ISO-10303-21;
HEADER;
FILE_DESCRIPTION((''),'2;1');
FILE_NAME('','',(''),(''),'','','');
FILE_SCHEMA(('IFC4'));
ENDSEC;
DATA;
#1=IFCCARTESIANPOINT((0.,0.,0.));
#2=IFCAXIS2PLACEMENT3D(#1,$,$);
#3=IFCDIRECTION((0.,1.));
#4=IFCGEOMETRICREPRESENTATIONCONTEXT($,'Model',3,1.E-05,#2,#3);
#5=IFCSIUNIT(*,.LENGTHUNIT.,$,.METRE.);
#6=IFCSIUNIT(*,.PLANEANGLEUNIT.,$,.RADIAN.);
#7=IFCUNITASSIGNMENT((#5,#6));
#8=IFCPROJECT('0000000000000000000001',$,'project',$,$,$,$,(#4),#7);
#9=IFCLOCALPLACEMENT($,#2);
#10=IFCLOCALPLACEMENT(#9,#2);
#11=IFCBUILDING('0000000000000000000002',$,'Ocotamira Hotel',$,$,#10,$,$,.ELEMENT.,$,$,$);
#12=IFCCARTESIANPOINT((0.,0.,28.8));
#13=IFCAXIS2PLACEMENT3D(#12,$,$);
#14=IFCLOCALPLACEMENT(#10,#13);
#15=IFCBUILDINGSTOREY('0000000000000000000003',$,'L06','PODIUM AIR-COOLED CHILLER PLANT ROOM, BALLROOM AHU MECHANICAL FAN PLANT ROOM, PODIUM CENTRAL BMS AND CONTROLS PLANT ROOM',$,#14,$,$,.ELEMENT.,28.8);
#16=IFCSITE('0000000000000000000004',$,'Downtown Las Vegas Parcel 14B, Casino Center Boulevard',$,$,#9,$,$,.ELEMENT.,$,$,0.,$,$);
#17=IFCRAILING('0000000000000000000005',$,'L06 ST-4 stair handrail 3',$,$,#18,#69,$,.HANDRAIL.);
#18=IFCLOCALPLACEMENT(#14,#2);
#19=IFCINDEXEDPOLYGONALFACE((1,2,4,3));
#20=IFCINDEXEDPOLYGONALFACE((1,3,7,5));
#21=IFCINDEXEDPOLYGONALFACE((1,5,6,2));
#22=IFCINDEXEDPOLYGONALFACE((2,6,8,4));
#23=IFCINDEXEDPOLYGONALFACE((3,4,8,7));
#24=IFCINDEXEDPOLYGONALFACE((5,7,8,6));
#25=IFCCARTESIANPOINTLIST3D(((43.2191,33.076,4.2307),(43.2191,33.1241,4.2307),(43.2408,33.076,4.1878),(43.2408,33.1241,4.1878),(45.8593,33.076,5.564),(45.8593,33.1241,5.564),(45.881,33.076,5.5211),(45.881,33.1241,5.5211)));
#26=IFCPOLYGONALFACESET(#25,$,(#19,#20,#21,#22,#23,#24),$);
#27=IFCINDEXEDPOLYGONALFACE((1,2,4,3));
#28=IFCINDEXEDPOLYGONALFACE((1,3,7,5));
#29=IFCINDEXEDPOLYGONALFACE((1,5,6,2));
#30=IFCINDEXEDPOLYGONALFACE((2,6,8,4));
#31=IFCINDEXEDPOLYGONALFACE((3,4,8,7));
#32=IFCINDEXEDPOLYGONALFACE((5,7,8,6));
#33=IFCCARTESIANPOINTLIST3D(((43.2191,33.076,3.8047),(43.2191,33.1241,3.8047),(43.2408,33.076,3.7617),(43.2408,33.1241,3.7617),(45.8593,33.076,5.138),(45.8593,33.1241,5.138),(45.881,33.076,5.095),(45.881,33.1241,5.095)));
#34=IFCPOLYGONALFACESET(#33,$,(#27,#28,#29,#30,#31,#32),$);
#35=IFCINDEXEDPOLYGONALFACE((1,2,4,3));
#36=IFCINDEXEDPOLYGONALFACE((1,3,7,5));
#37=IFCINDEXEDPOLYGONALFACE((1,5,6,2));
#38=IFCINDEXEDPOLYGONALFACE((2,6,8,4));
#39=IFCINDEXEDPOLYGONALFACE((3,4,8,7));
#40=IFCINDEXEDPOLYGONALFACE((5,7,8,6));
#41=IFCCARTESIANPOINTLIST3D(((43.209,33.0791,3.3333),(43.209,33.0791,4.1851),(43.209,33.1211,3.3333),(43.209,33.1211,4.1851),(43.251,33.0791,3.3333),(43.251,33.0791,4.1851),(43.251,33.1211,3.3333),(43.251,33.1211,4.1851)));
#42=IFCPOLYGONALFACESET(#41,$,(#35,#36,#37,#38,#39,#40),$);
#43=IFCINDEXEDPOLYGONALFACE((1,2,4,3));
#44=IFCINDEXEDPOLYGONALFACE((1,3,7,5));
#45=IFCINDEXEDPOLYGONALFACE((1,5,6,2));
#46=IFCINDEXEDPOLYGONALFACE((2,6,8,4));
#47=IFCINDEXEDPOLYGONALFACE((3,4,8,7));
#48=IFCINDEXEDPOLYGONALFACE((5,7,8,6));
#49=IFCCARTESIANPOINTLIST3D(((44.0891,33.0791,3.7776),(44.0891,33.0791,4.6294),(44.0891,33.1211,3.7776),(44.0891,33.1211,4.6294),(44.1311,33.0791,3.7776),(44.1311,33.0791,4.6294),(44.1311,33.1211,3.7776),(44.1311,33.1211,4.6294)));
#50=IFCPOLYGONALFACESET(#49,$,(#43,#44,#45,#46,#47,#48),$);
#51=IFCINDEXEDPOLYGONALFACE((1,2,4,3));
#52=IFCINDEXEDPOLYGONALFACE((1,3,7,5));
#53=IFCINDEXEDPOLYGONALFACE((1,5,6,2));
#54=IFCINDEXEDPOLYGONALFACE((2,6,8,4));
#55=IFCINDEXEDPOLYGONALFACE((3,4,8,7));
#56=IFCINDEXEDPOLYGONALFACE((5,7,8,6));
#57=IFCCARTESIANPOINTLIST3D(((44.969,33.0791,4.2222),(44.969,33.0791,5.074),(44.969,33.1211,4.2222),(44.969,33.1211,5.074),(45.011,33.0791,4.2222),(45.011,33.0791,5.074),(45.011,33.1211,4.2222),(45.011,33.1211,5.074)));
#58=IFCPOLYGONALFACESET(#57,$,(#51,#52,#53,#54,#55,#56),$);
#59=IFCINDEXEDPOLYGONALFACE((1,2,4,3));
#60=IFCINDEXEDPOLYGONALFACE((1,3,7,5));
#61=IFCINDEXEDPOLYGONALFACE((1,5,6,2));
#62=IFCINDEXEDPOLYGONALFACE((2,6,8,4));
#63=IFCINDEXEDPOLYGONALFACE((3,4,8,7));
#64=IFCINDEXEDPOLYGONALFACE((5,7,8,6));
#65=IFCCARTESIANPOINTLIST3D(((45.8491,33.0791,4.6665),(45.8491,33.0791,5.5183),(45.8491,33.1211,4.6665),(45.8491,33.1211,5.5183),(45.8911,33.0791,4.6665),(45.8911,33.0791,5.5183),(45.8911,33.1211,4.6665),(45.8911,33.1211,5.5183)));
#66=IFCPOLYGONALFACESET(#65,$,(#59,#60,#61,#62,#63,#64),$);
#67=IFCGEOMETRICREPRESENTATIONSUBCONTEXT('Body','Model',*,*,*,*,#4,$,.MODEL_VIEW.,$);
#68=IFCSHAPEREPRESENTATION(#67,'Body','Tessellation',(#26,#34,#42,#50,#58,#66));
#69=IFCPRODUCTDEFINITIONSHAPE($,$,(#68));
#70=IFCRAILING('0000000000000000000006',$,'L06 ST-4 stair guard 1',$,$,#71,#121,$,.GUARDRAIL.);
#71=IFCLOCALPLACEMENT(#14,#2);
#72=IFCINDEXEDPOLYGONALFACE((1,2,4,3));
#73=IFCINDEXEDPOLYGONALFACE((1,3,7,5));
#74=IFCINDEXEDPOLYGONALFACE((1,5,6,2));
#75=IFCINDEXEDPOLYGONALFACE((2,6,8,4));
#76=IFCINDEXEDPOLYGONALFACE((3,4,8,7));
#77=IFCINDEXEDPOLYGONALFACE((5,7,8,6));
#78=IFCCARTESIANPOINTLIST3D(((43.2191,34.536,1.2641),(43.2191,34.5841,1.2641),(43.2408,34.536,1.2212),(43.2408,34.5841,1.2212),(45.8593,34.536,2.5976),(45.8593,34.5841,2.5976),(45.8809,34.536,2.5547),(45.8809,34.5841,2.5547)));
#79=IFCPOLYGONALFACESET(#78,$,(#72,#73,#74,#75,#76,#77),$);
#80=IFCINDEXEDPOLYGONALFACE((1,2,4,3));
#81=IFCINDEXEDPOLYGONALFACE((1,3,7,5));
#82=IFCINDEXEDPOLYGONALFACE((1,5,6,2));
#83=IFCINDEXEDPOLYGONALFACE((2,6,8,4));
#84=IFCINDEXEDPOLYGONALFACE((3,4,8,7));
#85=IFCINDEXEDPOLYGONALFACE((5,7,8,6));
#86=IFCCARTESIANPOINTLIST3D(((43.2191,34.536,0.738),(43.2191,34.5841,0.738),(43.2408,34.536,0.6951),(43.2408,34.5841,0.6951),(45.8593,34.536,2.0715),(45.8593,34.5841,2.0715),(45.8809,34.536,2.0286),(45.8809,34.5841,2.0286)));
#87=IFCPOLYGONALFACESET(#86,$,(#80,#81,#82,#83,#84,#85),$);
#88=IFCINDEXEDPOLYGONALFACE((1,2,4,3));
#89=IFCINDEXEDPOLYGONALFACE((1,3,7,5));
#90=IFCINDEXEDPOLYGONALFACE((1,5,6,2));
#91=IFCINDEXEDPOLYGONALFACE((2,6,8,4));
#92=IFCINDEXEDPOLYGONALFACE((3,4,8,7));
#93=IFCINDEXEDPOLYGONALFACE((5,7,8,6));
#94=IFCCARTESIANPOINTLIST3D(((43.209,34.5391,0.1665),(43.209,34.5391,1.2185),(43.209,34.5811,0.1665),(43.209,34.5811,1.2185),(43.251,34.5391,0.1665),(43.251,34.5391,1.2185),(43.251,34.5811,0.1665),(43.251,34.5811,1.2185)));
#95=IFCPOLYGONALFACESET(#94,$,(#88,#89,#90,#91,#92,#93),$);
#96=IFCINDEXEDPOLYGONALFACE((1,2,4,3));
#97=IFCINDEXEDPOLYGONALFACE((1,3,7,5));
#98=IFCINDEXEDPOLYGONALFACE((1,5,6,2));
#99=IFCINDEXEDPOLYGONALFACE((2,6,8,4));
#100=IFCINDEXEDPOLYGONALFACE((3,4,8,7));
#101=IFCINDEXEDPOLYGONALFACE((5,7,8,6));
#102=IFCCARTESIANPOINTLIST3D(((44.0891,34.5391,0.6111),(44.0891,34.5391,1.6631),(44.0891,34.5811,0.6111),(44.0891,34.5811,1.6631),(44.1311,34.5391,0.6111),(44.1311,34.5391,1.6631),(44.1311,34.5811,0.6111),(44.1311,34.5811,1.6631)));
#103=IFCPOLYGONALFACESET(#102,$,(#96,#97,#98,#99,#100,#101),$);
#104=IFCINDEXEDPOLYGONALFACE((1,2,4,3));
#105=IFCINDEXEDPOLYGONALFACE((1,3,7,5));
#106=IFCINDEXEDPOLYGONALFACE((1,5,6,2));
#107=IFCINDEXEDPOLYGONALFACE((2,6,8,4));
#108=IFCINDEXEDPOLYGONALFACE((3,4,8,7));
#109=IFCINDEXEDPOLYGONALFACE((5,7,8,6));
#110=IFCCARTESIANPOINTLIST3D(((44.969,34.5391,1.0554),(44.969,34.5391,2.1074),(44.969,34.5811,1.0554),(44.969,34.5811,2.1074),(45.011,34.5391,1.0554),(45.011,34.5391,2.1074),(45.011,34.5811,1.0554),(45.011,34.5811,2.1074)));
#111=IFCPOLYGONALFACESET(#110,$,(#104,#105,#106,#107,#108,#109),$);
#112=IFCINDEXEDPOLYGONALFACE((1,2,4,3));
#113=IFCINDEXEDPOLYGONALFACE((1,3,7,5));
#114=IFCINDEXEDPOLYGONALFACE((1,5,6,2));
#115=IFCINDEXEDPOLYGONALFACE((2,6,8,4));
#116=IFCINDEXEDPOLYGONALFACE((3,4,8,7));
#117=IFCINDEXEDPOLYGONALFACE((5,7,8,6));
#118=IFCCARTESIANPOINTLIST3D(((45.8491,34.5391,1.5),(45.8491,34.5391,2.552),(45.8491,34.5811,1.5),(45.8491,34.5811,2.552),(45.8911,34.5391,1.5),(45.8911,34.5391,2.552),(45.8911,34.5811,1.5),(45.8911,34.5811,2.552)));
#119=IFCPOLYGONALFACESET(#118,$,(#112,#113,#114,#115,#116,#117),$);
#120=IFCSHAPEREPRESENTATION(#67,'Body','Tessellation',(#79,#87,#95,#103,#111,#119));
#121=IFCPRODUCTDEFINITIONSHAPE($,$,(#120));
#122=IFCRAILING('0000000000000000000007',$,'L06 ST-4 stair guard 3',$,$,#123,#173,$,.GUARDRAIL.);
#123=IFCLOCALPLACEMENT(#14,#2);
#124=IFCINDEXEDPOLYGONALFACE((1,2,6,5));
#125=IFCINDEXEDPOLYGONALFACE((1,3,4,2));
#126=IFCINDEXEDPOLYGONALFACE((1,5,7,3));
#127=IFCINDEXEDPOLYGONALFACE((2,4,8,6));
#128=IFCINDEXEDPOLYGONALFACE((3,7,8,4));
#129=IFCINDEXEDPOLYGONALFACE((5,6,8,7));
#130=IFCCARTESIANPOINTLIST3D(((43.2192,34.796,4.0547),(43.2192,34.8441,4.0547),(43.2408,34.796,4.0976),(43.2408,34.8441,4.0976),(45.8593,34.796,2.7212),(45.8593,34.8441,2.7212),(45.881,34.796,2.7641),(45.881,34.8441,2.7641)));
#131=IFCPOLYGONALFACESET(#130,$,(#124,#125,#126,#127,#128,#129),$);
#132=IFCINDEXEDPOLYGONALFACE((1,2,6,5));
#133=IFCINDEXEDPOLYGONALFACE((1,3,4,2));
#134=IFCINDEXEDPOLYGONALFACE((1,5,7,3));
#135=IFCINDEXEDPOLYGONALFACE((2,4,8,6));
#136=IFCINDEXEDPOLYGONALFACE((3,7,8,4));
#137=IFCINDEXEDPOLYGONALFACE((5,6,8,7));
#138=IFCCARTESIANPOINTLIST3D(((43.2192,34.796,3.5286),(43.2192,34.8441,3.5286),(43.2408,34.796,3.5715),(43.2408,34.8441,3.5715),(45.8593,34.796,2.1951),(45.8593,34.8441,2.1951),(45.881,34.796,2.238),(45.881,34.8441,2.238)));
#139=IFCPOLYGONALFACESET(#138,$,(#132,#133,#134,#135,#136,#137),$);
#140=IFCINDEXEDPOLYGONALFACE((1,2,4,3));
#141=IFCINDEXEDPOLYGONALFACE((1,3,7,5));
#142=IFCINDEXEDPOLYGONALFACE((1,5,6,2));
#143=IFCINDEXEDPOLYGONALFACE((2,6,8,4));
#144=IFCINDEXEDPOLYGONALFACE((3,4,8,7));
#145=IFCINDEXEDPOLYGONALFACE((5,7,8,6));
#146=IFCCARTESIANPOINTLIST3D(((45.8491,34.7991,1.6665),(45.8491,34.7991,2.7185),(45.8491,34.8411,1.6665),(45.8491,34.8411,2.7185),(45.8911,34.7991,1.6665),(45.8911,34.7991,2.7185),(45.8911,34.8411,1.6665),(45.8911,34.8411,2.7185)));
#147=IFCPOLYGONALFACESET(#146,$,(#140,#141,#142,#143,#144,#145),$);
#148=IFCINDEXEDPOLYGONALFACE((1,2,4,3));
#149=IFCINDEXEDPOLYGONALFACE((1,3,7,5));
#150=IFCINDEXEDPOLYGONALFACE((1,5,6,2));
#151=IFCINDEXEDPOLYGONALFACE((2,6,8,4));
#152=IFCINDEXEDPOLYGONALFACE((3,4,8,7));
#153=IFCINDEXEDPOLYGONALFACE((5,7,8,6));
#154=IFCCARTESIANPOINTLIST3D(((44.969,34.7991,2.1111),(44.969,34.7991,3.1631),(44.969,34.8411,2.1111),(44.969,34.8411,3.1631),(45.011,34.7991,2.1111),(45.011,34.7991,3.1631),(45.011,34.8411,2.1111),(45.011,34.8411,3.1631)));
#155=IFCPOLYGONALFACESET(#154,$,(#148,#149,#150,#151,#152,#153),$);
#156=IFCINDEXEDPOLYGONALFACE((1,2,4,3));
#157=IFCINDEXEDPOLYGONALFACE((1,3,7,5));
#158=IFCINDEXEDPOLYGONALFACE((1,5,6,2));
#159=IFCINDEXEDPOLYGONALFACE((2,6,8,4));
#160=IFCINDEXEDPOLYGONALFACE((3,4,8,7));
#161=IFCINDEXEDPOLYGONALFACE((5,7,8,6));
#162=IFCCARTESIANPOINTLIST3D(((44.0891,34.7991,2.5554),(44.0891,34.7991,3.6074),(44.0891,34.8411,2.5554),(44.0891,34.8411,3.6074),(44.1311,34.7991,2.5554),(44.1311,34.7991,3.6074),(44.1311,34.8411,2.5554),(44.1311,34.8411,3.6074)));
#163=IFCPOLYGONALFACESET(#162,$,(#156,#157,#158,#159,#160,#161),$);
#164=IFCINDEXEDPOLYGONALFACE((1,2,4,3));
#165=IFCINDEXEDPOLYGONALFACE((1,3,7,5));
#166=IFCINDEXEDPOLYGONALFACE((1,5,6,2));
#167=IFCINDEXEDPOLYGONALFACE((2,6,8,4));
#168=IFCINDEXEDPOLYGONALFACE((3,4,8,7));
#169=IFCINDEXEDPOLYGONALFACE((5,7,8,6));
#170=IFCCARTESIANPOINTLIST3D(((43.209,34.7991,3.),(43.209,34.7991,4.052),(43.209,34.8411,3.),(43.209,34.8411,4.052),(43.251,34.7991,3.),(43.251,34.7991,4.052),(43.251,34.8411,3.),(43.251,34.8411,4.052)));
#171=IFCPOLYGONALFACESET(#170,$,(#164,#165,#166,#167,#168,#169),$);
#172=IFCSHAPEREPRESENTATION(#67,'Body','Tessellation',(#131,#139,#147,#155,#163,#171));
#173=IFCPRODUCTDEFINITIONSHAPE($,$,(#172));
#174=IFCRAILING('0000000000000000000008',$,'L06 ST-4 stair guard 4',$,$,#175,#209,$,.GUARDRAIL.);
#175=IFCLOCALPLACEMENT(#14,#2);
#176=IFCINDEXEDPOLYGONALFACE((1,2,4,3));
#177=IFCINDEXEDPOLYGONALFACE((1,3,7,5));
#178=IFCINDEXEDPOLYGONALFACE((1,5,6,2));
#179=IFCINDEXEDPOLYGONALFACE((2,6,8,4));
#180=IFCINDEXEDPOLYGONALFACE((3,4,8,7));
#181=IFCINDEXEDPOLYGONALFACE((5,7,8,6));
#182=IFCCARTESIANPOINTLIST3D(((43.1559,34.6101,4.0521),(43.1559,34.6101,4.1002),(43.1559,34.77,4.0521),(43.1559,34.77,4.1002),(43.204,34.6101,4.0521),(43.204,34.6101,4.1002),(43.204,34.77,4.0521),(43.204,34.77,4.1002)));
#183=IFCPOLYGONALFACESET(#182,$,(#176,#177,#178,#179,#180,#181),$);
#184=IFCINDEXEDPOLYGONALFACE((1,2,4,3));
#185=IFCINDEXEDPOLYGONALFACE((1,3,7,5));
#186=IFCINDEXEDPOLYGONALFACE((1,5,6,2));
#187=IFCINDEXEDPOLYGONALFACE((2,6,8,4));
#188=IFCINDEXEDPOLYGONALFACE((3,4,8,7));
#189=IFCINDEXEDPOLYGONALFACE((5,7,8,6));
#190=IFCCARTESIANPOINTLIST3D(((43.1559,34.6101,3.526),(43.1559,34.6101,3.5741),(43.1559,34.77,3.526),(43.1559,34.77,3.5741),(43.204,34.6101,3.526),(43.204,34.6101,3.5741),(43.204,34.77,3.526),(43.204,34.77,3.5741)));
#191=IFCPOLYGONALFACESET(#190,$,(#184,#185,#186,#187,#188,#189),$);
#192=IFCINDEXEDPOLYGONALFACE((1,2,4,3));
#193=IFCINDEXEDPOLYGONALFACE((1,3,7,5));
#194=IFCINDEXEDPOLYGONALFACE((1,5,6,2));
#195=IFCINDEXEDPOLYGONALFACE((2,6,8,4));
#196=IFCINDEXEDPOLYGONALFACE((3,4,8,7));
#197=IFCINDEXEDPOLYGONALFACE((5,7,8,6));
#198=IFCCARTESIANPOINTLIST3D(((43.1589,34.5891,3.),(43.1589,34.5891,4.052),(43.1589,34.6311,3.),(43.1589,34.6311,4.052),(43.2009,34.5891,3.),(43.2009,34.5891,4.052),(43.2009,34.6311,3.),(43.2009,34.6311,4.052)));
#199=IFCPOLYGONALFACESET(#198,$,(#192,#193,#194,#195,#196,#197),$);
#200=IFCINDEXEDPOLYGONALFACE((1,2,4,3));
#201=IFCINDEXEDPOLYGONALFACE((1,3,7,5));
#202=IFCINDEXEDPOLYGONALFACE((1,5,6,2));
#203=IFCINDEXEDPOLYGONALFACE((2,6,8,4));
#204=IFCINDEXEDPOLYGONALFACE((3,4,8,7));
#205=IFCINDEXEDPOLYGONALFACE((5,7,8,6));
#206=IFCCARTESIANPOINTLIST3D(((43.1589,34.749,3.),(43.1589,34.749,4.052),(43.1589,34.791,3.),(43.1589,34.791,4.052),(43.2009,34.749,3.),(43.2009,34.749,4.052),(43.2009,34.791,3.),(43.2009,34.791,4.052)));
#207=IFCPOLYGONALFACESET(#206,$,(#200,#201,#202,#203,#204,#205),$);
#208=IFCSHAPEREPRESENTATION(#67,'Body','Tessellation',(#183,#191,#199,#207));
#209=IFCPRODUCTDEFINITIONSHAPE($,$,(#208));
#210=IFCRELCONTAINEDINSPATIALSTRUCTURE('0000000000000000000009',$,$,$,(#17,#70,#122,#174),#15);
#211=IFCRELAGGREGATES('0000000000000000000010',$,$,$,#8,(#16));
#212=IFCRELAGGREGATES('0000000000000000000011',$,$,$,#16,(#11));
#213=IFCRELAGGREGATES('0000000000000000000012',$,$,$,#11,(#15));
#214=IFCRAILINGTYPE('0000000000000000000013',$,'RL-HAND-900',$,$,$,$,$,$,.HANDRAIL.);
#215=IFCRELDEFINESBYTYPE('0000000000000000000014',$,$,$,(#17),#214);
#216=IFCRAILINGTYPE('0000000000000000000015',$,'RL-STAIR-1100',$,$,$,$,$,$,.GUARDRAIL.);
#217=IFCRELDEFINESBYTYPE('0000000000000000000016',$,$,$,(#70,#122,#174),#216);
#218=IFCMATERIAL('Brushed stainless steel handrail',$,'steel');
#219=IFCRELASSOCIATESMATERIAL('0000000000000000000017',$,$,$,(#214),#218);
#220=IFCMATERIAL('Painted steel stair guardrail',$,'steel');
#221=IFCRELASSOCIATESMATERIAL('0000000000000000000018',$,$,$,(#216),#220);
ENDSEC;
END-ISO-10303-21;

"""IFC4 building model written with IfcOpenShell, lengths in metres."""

from ifc_helpers import new_model, si_unit, direction, frame, origin, origin_2d, place, context, subcontext, project, spatial, rectangle, extrude, material, type_object, element, save


model = new_model("IFC4")

# Units and contexts
model_context = context("Model", 3, precision=1e-05, world=origin(), true_north=direction((0.0, 1.0)))
body_context = subcontext(model_context, "Body", "Model", "MODEL_VIEW")
ifc_project = project(units=[si_unit("LENGTHUNIT", "METRE"), si_unit("PLANEANGLEUNIT", "RADIAN")], contexts=[model_context])

# Site, building, storey
site_placement = place(None, origin())
site = spatial("IfcSite", under=ifc_project, at=site_placement, Name="Downtown Las Vegas Parcel 14B, Casino Center Boulevard", CompositionType="ELEMENT", RefElevation=0.0)
building_placement = place(site_placement, origin())
building = spatial("IfcBuilding", under=site, at=building_placement, Name="Ocotamira Hotel", CompositionType="ELEMENT")
storey_placement = place(building_placement, frame((0.0, 0.0, 28.8)))
storey = spatial("IfcBuildingStorey", under=building, at=storey_placement, Name="L06", Description="PODIUM AIR-COOLED CHILLER PLANT ROOM, BALLROOM AHU MECHANICAL FAN PLANT ROOM, PODIUM CENTRAL BMS AND CONTROLS PLANT ROOM", CompositionType="ELEMENT", Elevation=28.8)

# Railings
ifc_material_1 = material(Name="Brushed stainless steel handrail", Category="steel")
railing_type_1 = type_object("IfcRailingType", Name="RL-HAND-900", PredefinedType="HANDRAIL", material=ifc_material_1)
railing_1_placement = place(storey_placement, frame((43.23, 33.1001, 3.3333)))
element("IfcRailing", 1, at=railing_1_placement, inside=storey, type_object=railing_type_1, Name="L06 ST-4 stair handrail 3", PredefinedType="HANDRAIL", context=body_context, shape_type="SweptSolid", body=[
    extrude(rectangle(XDim=0.0481, YDim=0.0481, at=origin_2d()), frame((0.0, 0.0, 0.876), z_axis=(0.892637, 0.0, 0.450776), x_axis=(0.0, 1.0, 0.0)), (0.0, 0.0, 1.0), 2.9578),
    extrude(rectangle(XDim=0.0481, YDim=0.0481, at=origin_2d()), frame((0.0, 0.0, 0.45), z_axis=(0.892637, 0.0, 0.450776), x_axis=(0.0, 1.0, 0.0)), (0.0, 0.0, 1.0), 2.9578),
    extrude(rectangle(XDim=0.042, YDim=0.042, at=origin_2d()), origin(), (0.0, 0.0, 1.0), 0.8518),
    extrude(rectangle(XDim=0.042, YDim=0.042, at=origin_2d()), frame((0.8801, 0.0, 0.4443)), (0.0, 0.0, 1.0), 0.8518),
    extrude(rectangle(XDim=0.042, YDim=0.042, at=origin_2d()), frame((1.76, 0.0, 0.8889)), (0.0, 0.0, 1.0), 0.8518),
    extrude(rectangle(XDim=0.042, YDim=0.042, at=origin_2d()), frame((2.6401, 0.0, 1.3333)), (0.0, 0.0, 1.0), 0.8518),
])
ifc_material_2 = material(Name="Painted steel stair guardrail", Category="steel")
railing_type_2 = type_object("IfcRailingType", Name="RL-STAIR-1100", PredefinedType="GUARDRAIL", material=ifc_material_2)
railing_2_placement = place(storey_placement, frame((43.23, 34.5601, 0.1665)))
element("IfcRailing", 2, at=railing_2_placement, inside=storey, type_object=railing_type_2, Name="L06 ST-4 stair guard 1", PredefinedType="GUARDRAIL", context=body_context, shape_type="SweptSolid", body=[
    extrude(rectangle(XDim=0.0481, YDim=0.0481, at=origin_2d()), frame((0.0, 0.0, 1.0762), z_axis=(0.892604, 0.0, 0.450842), x_axis=(0.0, 1.0, 0.0)), (0.0, 0.0, 1.0), 2.9578),
    extrude(rectangle(XDim=0.0481, YDim=0.0481, at=origin_2d()), frame((0.0, 0.0, 0.55), z_axis=(0.892604, 0.0, 0.450842), x_axis=(0.0, 1.0, 0.0)), (0.0, 0.0, 1.0), 2.9578),
    extrude(rectangle(XDim=0.042, YDim=0.042, at=origin_2d()), origin(), (0.0, 0.0, 1.0), 1.052),
    extrude(rectangle(XDim=0.042, YDim=0.042, at=origin_2d()), frame((0.8801, 0.0, 0.4446)), (0.0, 0.0, 1.0), 1.052),
    extrude(rectangle(XDim=0.042, YDim=0.042, at=origin_2d()), frame((1.76, 0.0, 0.8889)), (0.0, 0.0, 1.0), 1.052),
    extrude(rectangle(XDim=0.042, YDim=0.042, at=origin_2d()), frame((2.6401, 0.0, 1.3335)), (0.0, 0.0, 1.0), 1.052),
])
railing_3_placement = place(storey_placement, frame((45.8701, 34.8201, 1.6665)))
element("IfcRailing", 3, at=railing_3_placement, inside=storey, type_object=railing_type_2, Name="L06 ST-4 stair guard 3", PredefinedType="GUARDRAIL", context=body_context, shape_type="SweptSolid", body=[
    extrude(rectangle(XDim=0.0481, YDim=0.0481, at=origin_2d()), frame((0.0, 0.0, 1.0762), z_axis=(-0.892604, 0.0, 0.450842), x_axis=(0.0, -1.0, 0.0)), (0.0, 0.0, 1.0), 2.9578),
    extrude(rectangle(XDim=0.0481, YDim=0.0481, at=origin_2d()), frame((0.0, 0.0, 0.55), z_axis=(-0.892604, 0.0, 0.450842), x_axis=(0.0, -1.0, 0.0)), (0.0, 0.0, 1.0), 2.9578),
    extrude(rectangle(XDim=0.042, YDim=0.042, at=origin_2d()), origin(), (0.0, 0.0, 1.0), 1.052),
    extrude(rectangle(XDim=0.042, YDim=0.042, at=origin_2d()), frame((-0.8801, 0.0, 0.4446)), (0.0, 0.0, 1.0), 1.052),
    extrude(rectangle(XDim=0.042, YDim=0.042, at=origin_2d()), frame((-1.76, 0.0, 0.8889)), (0.0, 0.0, 1.0), 1.052),
    extrude(rectangle(XDim=0.042, YDim=0.042, at=origin_2d()), frame((-2.6401, 0.0, 1.3335)), (0.0, 0.0, 1.0), 1.052),
])
railing_4_placement = place(storey_placement, frame((43.1799, 34.6101, 3.0)))
element("IfcRailing", 4, at=railing_4_placement, inside=storey, type_object=railing_type_2, Name="L06 ST-4 stair guard 4", PredefinedType="GUARDRAIL", context=body_context, shape_type="SweptSolid", body=[
    extrude(rectangle(XDim=0.0481, YDim=0.0481, at=origin_2d()), frame((0.0, 0.0, 1.0762), z_axis=(0.0, 1.0, 0.0), x_axis=(-1.0, 0.0, 0.0)), (0.0, 0.0, 1.0), 0.1599),
    extrude(rectangle(XDim=0.0481, YDim=0.0481, at=origin_2d()), frame((0.0, 0.0, 0.55), z_axis=(0.0, 1.0, 0.0), x_axis=(-1.0, 0.0, 0.0)), (0.0, 0.0, 1.0), 0.1599),
    extrude(rectangle(XDim=0.042, YDim=0.042, at=origin_2d()), origin(), (0.0, 0.0, 1.0), 1.052),
    extrude(rectangle(XDim=0.042, YDim=0.042, at=origin_2d()), frame((0.0, 0.1599, 0.0)), (0.0, 0.0, 1.0), 1.052),
])

save(model, "model.ifc")
